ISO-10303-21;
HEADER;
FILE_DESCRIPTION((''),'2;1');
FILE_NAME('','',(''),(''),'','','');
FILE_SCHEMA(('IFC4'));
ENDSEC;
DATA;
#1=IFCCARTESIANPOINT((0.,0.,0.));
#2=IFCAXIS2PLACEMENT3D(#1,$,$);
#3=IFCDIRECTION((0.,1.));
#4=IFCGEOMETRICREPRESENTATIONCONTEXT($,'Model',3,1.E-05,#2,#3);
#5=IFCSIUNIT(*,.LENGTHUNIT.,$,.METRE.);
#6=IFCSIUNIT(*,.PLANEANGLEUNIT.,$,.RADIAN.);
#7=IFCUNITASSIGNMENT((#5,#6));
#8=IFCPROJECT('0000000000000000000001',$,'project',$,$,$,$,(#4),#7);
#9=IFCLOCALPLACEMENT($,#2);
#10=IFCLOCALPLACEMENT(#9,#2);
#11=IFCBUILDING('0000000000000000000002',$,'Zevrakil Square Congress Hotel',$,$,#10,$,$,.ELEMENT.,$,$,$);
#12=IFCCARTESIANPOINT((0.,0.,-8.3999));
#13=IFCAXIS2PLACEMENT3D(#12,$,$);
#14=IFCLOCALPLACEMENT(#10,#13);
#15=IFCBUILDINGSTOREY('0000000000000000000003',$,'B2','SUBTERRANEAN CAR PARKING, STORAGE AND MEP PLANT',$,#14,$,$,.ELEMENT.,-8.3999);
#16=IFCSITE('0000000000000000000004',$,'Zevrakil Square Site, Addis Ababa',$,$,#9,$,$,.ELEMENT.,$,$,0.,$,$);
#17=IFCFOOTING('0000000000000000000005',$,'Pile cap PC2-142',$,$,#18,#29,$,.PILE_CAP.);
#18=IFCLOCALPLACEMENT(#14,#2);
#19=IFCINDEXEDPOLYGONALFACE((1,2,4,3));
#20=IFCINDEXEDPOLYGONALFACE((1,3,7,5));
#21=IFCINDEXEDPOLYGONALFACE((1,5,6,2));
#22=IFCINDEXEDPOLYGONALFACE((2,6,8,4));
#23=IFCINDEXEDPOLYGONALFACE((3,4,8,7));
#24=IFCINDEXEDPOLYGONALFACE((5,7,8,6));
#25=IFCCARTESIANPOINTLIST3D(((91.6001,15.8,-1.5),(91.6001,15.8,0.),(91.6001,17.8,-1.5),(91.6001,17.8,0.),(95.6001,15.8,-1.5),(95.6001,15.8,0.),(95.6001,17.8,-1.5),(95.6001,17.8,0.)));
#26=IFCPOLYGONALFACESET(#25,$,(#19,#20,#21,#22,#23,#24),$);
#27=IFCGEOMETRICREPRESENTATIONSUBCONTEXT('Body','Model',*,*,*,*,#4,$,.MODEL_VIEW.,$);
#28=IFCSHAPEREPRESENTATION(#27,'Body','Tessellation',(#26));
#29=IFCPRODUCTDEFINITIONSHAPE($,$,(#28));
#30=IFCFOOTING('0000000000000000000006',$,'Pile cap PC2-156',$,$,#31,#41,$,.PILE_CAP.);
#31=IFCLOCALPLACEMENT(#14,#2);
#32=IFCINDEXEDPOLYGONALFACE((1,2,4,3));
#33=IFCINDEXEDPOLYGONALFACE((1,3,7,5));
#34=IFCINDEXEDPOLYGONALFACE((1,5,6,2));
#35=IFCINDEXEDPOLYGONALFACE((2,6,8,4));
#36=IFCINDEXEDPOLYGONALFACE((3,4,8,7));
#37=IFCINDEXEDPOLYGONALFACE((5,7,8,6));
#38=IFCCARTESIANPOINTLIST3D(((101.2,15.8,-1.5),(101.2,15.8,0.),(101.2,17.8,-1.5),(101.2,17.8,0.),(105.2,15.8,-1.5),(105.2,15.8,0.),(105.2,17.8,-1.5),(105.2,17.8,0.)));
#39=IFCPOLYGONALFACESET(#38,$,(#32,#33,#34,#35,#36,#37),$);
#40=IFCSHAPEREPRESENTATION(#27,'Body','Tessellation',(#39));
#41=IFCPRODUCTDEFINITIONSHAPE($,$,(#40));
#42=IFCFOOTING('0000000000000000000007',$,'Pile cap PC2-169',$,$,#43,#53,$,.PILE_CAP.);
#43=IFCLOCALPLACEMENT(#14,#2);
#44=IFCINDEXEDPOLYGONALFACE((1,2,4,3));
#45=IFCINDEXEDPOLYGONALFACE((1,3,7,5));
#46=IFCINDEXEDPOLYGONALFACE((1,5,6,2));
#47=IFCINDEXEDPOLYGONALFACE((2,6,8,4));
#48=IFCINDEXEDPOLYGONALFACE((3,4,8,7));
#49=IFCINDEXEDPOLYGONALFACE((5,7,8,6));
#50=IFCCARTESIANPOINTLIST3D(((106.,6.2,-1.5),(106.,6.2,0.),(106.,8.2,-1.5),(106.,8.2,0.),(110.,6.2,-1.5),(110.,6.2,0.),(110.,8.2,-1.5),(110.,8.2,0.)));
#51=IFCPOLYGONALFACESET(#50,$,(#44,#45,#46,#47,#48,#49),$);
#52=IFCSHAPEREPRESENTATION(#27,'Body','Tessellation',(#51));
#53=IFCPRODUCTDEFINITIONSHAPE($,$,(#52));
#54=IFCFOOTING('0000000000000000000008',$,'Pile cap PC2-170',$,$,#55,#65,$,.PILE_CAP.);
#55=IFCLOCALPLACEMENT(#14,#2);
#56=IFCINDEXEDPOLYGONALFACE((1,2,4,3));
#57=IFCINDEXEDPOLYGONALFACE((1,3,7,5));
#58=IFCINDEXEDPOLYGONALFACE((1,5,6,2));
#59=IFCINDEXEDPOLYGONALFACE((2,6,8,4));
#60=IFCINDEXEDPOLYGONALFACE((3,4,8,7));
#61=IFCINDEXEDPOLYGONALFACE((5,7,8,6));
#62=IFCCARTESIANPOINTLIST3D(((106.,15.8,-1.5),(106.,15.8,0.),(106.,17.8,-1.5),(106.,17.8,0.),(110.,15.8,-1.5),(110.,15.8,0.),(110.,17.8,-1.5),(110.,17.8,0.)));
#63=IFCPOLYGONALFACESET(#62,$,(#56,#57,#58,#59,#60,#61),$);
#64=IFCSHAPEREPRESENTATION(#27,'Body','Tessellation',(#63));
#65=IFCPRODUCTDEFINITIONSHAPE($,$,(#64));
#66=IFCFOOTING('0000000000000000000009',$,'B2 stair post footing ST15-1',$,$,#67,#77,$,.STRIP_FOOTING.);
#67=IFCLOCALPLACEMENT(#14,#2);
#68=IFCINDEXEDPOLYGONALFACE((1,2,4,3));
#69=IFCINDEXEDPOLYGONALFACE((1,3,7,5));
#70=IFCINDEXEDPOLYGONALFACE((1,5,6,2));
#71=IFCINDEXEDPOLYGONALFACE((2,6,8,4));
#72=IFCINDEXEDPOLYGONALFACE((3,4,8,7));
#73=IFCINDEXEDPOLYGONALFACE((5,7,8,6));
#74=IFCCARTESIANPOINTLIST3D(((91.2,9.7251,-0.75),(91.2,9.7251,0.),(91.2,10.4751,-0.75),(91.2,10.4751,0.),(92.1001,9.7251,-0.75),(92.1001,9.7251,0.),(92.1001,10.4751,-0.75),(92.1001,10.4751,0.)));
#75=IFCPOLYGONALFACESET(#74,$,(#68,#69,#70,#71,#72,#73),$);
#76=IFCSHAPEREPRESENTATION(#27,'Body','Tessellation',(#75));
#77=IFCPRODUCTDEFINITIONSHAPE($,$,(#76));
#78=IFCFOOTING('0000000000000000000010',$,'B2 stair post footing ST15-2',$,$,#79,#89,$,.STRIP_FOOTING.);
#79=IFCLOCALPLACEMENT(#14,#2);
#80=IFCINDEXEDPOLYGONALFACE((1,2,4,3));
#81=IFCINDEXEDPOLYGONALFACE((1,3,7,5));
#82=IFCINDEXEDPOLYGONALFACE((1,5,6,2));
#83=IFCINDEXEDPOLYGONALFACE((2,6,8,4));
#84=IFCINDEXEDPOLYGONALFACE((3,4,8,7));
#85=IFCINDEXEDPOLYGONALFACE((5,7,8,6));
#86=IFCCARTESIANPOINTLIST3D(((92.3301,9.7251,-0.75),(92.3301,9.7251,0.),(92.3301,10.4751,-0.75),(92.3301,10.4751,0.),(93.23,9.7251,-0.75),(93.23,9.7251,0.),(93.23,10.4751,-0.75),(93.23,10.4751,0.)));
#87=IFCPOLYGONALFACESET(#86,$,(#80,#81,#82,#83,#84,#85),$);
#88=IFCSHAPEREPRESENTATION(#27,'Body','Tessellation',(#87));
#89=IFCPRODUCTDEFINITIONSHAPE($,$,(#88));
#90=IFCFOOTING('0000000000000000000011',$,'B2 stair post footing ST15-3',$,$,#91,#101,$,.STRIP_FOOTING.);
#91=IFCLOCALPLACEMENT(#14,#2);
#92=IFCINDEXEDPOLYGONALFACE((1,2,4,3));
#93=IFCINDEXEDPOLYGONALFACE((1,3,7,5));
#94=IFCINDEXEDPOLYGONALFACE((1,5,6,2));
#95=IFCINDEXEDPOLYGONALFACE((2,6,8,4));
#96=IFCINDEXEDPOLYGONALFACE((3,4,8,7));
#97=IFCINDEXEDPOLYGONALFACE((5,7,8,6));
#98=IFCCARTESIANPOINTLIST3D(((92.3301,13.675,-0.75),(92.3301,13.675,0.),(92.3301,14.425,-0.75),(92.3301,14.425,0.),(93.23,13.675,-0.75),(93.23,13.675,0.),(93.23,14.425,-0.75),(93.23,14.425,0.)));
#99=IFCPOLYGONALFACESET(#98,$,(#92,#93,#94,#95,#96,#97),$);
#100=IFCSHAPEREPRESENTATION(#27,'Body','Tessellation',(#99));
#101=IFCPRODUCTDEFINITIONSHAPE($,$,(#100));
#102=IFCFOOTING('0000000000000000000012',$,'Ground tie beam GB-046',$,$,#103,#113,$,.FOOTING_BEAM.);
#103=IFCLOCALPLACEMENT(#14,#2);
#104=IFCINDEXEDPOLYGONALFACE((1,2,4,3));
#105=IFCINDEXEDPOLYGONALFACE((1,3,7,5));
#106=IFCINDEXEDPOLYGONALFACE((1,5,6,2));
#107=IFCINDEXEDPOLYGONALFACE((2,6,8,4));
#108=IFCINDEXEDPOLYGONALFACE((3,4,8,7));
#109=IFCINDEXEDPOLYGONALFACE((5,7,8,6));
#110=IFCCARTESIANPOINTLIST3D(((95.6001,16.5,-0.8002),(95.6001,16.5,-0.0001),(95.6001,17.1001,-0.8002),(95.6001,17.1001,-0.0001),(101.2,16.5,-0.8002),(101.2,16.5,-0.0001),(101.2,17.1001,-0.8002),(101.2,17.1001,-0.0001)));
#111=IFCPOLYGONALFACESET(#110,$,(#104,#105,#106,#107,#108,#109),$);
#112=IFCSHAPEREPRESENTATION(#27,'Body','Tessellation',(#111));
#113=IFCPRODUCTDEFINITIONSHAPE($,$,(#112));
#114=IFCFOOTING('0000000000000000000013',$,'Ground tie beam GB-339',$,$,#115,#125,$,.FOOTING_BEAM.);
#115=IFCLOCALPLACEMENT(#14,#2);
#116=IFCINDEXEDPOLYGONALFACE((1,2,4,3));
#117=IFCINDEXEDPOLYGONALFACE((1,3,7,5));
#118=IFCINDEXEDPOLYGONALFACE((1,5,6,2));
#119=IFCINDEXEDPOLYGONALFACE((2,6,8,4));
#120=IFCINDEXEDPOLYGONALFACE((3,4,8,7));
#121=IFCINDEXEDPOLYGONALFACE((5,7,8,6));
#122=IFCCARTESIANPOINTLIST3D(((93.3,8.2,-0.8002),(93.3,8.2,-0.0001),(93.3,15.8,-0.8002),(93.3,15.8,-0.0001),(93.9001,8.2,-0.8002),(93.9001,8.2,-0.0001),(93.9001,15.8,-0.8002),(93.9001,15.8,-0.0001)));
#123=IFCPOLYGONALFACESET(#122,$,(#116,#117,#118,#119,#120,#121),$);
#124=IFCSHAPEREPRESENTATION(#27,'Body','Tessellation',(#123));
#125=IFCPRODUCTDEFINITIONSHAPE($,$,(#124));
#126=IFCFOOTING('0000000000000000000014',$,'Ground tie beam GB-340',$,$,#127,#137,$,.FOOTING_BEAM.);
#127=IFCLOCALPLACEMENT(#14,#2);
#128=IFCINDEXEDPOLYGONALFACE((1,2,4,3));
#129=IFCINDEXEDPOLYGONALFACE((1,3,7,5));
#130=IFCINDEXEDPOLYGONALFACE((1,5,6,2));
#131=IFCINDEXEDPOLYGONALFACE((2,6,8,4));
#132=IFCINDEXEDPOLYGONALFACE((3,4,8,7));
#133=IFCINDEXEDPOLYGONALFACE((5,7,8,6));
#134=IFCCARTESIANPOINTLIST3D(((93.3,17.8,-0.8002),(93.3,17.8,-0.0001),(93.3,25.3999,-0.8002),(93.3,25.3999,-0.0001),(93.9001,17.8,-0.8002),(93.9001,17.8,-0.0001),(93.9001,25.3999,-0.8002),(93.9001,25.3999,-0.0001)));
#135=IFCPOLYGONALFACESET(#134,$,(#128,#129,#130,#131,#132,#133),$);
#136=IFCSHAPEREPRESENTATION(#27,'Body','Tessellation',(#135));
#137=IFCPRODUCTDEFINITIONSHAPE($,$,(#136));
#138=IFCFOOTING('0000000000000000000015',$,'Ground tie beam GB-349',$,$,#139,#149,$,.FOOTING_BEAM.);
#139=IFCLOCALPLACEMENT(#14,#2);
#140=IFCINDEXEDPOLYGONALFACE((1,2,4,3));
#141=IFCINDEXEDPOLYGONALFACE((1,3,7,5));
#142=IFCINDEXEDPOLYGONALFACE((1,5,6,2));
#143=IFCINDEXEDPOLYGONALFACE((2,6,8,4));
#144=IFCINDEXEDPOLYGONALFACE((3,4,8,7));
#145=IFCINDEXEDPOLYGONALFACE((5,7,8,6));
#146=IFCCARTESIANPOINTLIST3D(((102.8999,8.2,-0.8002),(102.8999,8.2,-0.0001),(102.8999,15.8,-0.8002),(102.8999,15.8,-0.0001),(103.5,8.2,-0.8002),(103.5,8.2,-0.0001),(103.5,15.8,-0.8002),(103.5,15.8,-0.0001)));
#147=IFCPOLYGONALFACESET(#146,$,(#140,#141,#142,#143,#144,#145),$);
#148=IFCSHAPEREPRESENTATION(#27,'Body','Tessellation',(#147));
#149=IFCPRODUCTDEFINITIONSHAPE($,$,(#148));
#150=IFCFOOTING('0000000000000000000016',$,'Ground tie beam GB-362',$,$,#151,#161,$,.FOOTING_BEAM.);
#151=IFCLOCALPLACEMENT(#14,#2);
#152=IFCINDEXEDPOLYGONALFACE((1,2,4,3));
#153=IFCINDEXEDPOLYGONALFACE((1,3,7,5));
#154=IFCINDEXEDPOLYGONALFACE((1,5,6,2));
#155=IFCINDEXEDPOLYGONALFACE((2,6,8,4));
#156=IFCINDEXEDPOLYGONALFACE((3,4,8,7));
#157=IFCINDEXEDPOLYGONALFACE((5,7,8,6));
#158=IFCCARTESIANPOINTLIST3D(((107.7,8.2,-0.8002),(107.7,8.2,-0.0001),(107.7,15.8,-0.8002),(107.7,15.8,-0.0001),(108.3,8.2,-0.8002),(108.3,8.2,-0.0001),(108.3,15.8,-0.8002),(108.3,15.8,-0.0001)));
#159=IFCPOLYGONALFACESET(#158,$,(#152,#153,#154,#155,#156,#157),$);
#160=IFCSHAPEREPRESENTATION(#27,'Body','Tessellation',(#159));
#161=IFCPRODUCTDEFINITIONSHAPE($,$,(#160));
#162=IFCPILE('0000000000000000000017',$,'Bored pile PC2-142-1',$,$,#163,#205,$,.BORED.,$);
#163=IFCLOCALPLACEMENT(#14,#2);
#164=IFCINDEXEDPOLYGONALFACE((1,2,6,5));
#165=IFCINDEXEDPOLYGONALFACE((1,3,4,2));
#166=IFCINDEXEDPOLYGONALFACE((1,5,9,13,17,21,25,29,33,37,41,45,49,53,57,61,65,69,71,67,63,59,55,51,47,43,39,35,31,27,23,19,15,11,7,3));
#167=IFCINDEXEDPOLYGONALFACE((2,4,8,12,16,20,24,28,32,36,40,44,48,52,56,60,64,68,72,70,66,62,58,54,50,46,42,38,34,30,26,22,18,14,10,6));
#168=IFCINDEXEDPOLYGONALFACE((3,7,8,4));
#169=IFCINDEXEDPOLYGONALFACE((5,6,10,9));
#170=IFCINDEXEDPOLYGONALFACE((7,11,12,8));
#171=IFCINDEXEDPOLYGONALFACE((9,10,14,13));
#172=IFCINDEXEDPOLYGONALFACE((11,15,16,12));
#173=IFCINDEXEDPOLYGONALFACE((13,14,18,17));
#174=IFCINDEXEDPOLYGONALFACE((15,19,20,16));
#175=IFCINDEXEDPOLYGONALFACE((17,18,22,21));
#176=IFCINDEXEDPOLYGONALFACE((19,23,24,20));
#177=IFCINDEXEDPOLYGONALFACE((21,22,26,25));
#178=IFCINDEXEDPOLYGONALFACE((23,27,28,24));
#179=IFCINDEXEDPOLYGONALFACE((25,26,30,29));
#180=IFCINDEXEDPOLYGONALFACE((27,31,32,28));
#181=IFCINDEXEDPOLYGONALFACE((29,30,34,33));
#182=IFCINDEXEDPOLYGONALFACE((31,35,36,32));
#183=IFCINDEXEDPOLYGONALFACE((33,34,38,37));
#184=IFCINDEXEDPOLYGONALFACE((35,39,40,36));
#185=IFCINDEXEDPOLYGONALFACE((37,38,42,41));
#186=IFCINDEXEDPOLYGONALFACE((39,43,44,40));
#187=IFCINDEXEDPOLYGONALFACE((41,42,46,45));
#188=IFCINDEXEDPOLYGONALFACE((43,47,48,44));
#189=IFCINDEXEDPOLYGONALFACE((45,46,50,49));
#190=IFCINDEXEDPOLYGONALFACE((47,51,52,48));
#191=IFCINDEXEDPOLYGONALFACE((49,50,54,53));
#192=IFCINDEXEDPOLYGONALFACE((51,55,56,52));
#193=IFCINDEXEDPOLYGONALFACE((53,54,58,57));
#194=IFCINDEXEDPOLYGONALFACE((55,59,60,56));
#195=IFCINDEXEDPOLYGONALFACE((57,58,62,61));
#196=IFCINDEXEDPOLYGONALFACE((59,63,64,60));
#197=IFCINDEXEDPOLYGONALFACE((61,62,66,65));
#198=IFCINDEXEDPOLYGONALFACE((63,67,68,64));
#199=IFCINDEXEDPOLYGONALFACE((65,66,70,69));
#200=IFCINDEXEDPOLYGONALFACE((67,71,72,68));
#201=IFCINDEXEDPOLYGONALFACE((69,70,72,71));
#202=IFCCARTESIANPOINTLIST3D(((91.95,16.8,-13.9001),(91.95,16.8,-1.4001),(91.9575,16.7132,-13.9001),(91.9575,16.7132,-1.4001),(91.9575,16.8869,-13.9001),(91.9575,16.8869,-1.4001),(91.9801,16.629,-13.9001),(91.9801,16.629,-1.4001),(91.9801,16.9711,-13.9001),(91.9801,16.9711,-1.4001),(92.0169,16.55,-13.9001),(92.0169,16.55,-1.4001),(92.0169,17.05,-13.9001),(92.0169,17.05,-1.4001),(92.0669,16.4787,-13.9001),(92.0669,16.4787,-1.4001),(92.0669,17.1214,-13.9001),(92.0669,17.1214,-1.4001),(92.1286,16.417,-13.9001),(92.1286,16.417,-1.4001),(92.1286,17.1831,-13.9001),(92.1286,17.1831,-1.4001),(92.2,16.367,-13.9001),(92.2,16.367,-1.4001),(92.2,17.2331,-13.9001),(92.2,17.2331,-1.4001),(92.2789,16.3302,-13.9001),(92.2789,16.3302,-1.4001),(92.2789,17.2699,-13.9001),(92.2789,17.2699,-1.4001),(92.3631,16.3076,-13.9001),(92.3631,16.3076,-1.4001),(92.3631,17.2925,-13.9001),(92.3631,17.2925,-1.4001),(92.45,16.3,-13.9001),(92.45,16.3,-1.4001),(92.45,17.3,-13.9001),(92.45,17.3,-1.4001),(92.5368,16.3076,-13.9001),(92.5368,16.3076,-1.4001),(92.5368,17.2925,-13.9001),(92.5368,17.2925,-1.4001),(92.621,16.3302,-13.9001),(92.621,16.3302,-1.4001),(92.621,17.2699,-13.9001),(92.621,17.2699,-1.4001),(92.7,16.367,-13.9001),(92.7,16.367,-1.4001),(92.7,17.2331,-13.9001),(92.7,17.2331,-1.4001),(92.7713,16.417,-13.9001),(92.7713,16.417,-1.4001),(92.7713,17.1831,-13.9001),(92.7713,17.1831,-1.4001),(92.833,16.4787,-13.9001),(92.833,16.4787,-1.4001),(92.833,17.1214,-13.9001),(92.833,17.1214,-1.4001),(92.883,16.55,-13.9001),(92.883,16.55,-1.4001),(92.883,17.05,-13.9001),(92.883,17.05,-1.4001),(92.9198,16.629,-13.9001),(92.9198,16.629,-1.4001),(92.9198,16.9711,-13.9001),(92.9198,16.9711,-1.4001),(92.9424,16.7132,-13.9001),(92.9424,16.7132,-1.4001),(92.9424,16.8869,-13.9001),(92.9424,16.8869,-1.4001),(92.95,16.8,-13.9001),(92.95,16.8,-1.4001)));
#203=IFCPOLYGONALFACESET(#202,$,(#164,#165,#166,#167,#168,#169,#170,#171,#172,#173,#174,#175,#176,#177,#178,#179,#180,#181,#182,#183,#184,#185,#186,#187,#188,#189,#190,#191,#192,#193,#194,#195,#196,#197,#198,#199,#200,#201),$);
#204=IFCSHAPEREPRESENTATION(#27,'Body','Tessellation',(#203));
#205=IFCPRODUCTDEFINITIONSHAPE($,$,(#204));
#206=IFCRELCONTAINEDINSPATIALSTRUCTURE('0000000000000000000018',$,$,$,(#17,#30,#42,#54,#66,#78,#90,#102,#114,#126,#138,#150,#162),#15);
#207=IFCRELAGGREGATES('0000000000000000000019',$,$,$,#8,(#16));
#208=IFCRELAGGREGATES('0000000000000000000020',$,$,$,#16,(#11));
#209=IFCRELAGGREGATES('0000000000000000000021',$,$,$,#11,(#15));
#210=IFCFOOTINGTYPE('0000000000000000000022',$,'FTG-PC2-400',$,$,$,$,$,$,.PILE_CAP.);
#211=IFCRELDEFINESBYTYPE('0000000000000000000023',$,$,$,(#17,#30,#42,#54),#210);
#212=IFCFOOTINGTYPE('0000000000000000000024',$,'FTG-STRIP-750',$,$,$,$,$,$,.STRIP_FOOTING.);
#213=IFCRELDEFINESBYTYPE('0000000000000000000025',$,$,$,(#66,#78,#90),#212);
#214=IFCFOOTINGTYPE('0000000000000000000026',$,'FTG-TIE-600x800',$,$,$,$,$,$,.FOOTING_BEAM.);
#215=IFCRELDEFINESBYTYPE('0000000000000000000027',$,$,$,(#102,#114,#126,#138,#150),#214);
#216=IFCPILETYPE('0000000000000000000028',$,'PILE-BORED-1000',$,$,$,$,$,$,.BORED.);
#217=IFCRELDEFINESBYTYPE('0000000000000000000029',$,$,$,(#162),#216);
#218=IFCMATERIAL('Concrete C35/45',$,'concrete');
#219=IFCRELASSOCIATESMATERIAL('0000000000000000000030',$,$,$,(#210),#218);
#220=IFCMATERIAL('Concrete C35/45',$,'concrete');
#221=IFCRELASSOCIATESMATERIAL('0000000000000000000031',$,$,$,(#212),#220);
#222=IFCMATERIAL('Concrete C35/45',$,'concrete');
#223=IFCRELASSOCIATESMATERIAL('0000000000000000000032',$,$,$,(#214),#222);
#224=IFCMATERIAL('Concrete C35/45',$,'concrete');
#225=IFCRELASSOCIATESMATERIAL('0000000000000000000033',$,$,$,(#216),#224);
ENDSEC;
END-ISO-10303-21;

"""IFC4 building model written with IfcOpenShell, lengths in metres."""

from ifc_helpers import new_model, si_unit, direction, frame, origin, origin_2d, place, context, subcontext, project, spatial, rectangle, circle, extrude, material, material_profile, profile_set, type_object, element, save


model = new_model("IFC4")

# Units and contexts
model_context = context("Model", 3, precision=1e-05, world=origin(), true_north=direction((0.0, 1.0)))
body_context = subcontext(model_context, "Body", "Model", "MODEL_VIEW")
ifc_project = project(units=[si_unit("LENGTHUNIT", "METRE"), si_unit("PLANEANGLEUNIT", "RADIAN")], contexts=[model_context])

# Site, building, storey
site_placement = place(None, origin())
site = spatial("IfcSite", under=ifc_project, at=site_placement, Name="Zevrakil Square Site, Addis Ababa", CompositionType="ELEMENT", RefElevation=0.0)
building_placement = place(site_placement, origin())
building = spatial("IfcBuilding", under=site, at=building_placement, Name="Zevrakil Square Congress Hotel", CompositionType="ELEMENT")
storey_placement = place(building_placement, frame((0.0, 0.0, -8.3999)))
storey = spatial("IfcBuildingStorey", under=building, at=storey_placement, Name="B2", Description="SUBTERRANEAN CAR PARKING, STORAGE AND MEP PLANT", CompositionType="ELEMENT", Elevation=-8.3999)

# Footings
ifc_material_1 = material(Name="Concrete C35/45", Category="concrete")
footing_type_1 = type_object("IfcFootingType", Name="FTG-PC2-400", PredefinedType="PILE_CAP", material=ifc_material_1)
for number, where, z_axis, x_axis, name in (
    (1, (93.6001, 16.8, -1.5), (0.0, 0.0, 1.0), (1.0, 0.0, 0.0), "Pile cap PC2-142"),
    (2, (103.2, 16.8, -1.5), (0.0, 0.0, 1.0), (1.0, 0.0, 0.0), "Pile cap PC2-156"),
    (3, (108.0, 7.2, -1.5), (0.0, 0.0, 1.0), (1.0, 0.0, 0.0), "Pile cap PC2-169"),
    (4, (108.0, 16.8, -1.5), (0.0, 0.0, 1.0), (1.0, 0.0, 0.0), "Pile cap PC2-170"),
):
    element("IfcFooting", number, at=place(storey_placement, frame(where, z_axis=z_axis, x_axis=x_axis)), inside=storey, type_object=footing_type_1, Name=name, PredefinedType="PILE_CAP", context=body_context, shape_type="SweptSolid", body=[
        extrude(rectangle(XDim=4.0, YDim=2.0, at=origin_2d()), origin(), (0.0, 0.0, 1.0), 1.5),
    ])
ifc_material_2 = material(Name="Concrete C35/45", Category="concrete")
ifc_material_profile_1 = material_profile(ifc_material_2, rectangle(XDim=0.75, YDim=0.75, at=origin_2d()), Name="RC 750x750")
ifc_profile_set_1 = profile_set([ifc_material_profile_1], Name="Concrete C35/45")
footing_type_2 = type_object("IfcFootingType", Name="FTG-STRIP-750", PredefinedType="STRIP_FOOTING", material=ifc_profile_set_1)
footing_1_placement = place(storey_placement, frame((91.2, 10.1001, -0.375), z_axis=(1.0, 0.0, 0.0), x_axis=(0.0, 1.0, 0.0)))
element("IfcFooting", 5, at=footing_1_placement, inside=storey, type_object=footing_type_2, Name="B2 stair post footing ST15-1", PredefinedType="STRIP_FOOTING", context=body_context, shape_type="SweptSolid", body=[
    extrude(rectangle(XDim=0.75, YDim=0.75, at=origin_2d()), origin(), (0.0, 0.0, 1.0), 0.9001),
])
for number, where, z_axis, x_axis, name in (
    (6, (92.3301, 10.1001, -0.375), (1.0, 0.0, 0.0), (0.0, 1.0, 0.0), "B2 stair post footing ST15-2"),
    (7, (92.3301, 14.05, -0.375), (1.0, 0.0, 0.0), (0.0, 1.0, 0.0), "B2 stair post footing ST15-3"),
):
    element("IfcFooting", number, at=place(storey_placement, frame(where, z_axis=z_axis, x_axis=x_axis)), inside=storey, type_object=footing_type_2, Name=name, PredefinedType="STRIP_FOOTING", context=body_context, shape_type="SweptSolid", body=[
        extrude(rectangle(XDim=0.75, YDim=0.75, at=origin_2d()), origin(), (0.0, 0.0, 1.0), 0.8999),
    ])
ifc_material_3 = material(Name="Concrete C35/45", Category="concrete")
ifc_material_profile_2 = material_profile(ifc_material_3, rectangle(XDim=0.6001, YDim=0.8, at=origin_2d()), Name="RC 600x800")
ifc_profile_set_2 = profile_set([ifc_material_profile_2], Name="Concrete C35/45")
footing_type_3 = type_object("IfcFootingType", Name="FTG-TIE-600x800", PredefinedType="FOOTING_BEAM", material=ifc_profile_set_2)
footing_2_placement = place(storey_placement, frame((95.6001, 16.8, -0.4001), z_axis=(1.0, 0.0, 0.0), x_axis=(0.0, 1.0, 0.0)))
element("IfcFooting", 8, at=footing_2_placement, inside=storey, type_object=footing_type_3, Name="Ground tie beam GB-046", PredefinedType="FOOTING_BEAM", context=body_context, shape_type="SweptSolid", body=[
    extrude(rectangle(XDim=0.6001, YDim=0.8, at=origin_2d()), origin(), (0.0, 0.0, 1.0), 5.5999),
])
footing_3_placement = place(storey_placement, frame((93.6001, 8.2, -0.4001), z_axis=(0.0, 1.0, 0.0), x_axis=(-1.0, 0.0, 0.0)))
element("IfcFooting", 9, at=footing_3_placement, inside=storey, type_object=footing_type_3, Name="Ground tie beam GB-339", PredefinedType="FOOTING_BEAM", context=body_context, shape_type="SweptSolid", body=[
    extrude(rectangle(XDim=0.6001, YDim=0.8, at=origin_2d()), origin(), (0.0, 0.0, 1.0), 7.6001),
])
footing_4_placement = place(storey_placement, frame((93.6001, 17.8, -0.4001), z_axis=(0.0, 1.0, 0.0), x_axis=(-1.0, 0.0, 0.0)))
element("IfcFooting", 10, at=footing_4_placement, inside=storey, type_object=footing_type_3, Name="Ground tie beam GB-340", PredefinedType="FOOTING_BEAM", context=body_context, shape_type="SweptSolid", body=[
    extrude(rectangle(XDim=0.6001, YDim=0.8, at=origin_2d()), origin(), (0.0, 0.0, 1.0), 7.5999),
])
for number, where, z_axis, x_axis, name in (
    (11, (103.2, 8.2, -0.4001), (0.0, 1.0, 0.0), (-1.0, 0.0, 0.0), "Ground tie beam GB-349"),
    (12, (108.0, 8.2, -0.4001), (0.0, 1.0, 0.0), (-1.0, 0.0, 0.0), "Ground tie beam GB-362"),
):
    element("IfcFooting", number, at=place(storey_placement, frame(where, z_axis=z_axis, x_axis=x_axis)), inside=storey, type_object=footing_type_3, Name=name, PredefinedType="FOOTING_BEAM", context=body_context, shape_type="SweptSolid", body=[
        extrude(rectangle(XDim=0.6001, YDim=0.8, at=origin_2d()), origin(), (0.0, 0.0, 1.0), 7.6001),
    ])

# Pile
ifc_material_4 = material(Name="Concrete C35/45", Category="concrete")
ifc_material_profile_3 = material_profile(ifc_material_4, circle(Radius=0.5, at=origin_2d()), Name="PILE D1000")
ifc_profile_set_3 = profile_set([ifc_material_profile_3], Name="Concrete C35/45")
pile_type = type_object("IfcPileType", Name="PILE-BORED-1000", PredefinedType="BORED", material=ifc_profile_set_3)
for number, where, z_axis, x_axis, name in (
    (13, (92.45, 16.8, -1.4001), (0.0, 0.0, -1.0), (1.0, 0.0, 0.0), "Bored pile PC2-142-1"),
):
    element("IfcPile", number, at=place(storey_placement, frame(where, z_axis=z_axis, x_axis=x_axis)), inside=storey, type_object=pile_type, Name=name, PredefinedType="BORED", context=body_context, shape_type="SweptSolid", body=[
        extrude(circle(Radius=0.5, at=origin_2d()), origin(), (0.0, 0.0, 1.0), 12.5),
    ])

save(model, "model.ifc")
